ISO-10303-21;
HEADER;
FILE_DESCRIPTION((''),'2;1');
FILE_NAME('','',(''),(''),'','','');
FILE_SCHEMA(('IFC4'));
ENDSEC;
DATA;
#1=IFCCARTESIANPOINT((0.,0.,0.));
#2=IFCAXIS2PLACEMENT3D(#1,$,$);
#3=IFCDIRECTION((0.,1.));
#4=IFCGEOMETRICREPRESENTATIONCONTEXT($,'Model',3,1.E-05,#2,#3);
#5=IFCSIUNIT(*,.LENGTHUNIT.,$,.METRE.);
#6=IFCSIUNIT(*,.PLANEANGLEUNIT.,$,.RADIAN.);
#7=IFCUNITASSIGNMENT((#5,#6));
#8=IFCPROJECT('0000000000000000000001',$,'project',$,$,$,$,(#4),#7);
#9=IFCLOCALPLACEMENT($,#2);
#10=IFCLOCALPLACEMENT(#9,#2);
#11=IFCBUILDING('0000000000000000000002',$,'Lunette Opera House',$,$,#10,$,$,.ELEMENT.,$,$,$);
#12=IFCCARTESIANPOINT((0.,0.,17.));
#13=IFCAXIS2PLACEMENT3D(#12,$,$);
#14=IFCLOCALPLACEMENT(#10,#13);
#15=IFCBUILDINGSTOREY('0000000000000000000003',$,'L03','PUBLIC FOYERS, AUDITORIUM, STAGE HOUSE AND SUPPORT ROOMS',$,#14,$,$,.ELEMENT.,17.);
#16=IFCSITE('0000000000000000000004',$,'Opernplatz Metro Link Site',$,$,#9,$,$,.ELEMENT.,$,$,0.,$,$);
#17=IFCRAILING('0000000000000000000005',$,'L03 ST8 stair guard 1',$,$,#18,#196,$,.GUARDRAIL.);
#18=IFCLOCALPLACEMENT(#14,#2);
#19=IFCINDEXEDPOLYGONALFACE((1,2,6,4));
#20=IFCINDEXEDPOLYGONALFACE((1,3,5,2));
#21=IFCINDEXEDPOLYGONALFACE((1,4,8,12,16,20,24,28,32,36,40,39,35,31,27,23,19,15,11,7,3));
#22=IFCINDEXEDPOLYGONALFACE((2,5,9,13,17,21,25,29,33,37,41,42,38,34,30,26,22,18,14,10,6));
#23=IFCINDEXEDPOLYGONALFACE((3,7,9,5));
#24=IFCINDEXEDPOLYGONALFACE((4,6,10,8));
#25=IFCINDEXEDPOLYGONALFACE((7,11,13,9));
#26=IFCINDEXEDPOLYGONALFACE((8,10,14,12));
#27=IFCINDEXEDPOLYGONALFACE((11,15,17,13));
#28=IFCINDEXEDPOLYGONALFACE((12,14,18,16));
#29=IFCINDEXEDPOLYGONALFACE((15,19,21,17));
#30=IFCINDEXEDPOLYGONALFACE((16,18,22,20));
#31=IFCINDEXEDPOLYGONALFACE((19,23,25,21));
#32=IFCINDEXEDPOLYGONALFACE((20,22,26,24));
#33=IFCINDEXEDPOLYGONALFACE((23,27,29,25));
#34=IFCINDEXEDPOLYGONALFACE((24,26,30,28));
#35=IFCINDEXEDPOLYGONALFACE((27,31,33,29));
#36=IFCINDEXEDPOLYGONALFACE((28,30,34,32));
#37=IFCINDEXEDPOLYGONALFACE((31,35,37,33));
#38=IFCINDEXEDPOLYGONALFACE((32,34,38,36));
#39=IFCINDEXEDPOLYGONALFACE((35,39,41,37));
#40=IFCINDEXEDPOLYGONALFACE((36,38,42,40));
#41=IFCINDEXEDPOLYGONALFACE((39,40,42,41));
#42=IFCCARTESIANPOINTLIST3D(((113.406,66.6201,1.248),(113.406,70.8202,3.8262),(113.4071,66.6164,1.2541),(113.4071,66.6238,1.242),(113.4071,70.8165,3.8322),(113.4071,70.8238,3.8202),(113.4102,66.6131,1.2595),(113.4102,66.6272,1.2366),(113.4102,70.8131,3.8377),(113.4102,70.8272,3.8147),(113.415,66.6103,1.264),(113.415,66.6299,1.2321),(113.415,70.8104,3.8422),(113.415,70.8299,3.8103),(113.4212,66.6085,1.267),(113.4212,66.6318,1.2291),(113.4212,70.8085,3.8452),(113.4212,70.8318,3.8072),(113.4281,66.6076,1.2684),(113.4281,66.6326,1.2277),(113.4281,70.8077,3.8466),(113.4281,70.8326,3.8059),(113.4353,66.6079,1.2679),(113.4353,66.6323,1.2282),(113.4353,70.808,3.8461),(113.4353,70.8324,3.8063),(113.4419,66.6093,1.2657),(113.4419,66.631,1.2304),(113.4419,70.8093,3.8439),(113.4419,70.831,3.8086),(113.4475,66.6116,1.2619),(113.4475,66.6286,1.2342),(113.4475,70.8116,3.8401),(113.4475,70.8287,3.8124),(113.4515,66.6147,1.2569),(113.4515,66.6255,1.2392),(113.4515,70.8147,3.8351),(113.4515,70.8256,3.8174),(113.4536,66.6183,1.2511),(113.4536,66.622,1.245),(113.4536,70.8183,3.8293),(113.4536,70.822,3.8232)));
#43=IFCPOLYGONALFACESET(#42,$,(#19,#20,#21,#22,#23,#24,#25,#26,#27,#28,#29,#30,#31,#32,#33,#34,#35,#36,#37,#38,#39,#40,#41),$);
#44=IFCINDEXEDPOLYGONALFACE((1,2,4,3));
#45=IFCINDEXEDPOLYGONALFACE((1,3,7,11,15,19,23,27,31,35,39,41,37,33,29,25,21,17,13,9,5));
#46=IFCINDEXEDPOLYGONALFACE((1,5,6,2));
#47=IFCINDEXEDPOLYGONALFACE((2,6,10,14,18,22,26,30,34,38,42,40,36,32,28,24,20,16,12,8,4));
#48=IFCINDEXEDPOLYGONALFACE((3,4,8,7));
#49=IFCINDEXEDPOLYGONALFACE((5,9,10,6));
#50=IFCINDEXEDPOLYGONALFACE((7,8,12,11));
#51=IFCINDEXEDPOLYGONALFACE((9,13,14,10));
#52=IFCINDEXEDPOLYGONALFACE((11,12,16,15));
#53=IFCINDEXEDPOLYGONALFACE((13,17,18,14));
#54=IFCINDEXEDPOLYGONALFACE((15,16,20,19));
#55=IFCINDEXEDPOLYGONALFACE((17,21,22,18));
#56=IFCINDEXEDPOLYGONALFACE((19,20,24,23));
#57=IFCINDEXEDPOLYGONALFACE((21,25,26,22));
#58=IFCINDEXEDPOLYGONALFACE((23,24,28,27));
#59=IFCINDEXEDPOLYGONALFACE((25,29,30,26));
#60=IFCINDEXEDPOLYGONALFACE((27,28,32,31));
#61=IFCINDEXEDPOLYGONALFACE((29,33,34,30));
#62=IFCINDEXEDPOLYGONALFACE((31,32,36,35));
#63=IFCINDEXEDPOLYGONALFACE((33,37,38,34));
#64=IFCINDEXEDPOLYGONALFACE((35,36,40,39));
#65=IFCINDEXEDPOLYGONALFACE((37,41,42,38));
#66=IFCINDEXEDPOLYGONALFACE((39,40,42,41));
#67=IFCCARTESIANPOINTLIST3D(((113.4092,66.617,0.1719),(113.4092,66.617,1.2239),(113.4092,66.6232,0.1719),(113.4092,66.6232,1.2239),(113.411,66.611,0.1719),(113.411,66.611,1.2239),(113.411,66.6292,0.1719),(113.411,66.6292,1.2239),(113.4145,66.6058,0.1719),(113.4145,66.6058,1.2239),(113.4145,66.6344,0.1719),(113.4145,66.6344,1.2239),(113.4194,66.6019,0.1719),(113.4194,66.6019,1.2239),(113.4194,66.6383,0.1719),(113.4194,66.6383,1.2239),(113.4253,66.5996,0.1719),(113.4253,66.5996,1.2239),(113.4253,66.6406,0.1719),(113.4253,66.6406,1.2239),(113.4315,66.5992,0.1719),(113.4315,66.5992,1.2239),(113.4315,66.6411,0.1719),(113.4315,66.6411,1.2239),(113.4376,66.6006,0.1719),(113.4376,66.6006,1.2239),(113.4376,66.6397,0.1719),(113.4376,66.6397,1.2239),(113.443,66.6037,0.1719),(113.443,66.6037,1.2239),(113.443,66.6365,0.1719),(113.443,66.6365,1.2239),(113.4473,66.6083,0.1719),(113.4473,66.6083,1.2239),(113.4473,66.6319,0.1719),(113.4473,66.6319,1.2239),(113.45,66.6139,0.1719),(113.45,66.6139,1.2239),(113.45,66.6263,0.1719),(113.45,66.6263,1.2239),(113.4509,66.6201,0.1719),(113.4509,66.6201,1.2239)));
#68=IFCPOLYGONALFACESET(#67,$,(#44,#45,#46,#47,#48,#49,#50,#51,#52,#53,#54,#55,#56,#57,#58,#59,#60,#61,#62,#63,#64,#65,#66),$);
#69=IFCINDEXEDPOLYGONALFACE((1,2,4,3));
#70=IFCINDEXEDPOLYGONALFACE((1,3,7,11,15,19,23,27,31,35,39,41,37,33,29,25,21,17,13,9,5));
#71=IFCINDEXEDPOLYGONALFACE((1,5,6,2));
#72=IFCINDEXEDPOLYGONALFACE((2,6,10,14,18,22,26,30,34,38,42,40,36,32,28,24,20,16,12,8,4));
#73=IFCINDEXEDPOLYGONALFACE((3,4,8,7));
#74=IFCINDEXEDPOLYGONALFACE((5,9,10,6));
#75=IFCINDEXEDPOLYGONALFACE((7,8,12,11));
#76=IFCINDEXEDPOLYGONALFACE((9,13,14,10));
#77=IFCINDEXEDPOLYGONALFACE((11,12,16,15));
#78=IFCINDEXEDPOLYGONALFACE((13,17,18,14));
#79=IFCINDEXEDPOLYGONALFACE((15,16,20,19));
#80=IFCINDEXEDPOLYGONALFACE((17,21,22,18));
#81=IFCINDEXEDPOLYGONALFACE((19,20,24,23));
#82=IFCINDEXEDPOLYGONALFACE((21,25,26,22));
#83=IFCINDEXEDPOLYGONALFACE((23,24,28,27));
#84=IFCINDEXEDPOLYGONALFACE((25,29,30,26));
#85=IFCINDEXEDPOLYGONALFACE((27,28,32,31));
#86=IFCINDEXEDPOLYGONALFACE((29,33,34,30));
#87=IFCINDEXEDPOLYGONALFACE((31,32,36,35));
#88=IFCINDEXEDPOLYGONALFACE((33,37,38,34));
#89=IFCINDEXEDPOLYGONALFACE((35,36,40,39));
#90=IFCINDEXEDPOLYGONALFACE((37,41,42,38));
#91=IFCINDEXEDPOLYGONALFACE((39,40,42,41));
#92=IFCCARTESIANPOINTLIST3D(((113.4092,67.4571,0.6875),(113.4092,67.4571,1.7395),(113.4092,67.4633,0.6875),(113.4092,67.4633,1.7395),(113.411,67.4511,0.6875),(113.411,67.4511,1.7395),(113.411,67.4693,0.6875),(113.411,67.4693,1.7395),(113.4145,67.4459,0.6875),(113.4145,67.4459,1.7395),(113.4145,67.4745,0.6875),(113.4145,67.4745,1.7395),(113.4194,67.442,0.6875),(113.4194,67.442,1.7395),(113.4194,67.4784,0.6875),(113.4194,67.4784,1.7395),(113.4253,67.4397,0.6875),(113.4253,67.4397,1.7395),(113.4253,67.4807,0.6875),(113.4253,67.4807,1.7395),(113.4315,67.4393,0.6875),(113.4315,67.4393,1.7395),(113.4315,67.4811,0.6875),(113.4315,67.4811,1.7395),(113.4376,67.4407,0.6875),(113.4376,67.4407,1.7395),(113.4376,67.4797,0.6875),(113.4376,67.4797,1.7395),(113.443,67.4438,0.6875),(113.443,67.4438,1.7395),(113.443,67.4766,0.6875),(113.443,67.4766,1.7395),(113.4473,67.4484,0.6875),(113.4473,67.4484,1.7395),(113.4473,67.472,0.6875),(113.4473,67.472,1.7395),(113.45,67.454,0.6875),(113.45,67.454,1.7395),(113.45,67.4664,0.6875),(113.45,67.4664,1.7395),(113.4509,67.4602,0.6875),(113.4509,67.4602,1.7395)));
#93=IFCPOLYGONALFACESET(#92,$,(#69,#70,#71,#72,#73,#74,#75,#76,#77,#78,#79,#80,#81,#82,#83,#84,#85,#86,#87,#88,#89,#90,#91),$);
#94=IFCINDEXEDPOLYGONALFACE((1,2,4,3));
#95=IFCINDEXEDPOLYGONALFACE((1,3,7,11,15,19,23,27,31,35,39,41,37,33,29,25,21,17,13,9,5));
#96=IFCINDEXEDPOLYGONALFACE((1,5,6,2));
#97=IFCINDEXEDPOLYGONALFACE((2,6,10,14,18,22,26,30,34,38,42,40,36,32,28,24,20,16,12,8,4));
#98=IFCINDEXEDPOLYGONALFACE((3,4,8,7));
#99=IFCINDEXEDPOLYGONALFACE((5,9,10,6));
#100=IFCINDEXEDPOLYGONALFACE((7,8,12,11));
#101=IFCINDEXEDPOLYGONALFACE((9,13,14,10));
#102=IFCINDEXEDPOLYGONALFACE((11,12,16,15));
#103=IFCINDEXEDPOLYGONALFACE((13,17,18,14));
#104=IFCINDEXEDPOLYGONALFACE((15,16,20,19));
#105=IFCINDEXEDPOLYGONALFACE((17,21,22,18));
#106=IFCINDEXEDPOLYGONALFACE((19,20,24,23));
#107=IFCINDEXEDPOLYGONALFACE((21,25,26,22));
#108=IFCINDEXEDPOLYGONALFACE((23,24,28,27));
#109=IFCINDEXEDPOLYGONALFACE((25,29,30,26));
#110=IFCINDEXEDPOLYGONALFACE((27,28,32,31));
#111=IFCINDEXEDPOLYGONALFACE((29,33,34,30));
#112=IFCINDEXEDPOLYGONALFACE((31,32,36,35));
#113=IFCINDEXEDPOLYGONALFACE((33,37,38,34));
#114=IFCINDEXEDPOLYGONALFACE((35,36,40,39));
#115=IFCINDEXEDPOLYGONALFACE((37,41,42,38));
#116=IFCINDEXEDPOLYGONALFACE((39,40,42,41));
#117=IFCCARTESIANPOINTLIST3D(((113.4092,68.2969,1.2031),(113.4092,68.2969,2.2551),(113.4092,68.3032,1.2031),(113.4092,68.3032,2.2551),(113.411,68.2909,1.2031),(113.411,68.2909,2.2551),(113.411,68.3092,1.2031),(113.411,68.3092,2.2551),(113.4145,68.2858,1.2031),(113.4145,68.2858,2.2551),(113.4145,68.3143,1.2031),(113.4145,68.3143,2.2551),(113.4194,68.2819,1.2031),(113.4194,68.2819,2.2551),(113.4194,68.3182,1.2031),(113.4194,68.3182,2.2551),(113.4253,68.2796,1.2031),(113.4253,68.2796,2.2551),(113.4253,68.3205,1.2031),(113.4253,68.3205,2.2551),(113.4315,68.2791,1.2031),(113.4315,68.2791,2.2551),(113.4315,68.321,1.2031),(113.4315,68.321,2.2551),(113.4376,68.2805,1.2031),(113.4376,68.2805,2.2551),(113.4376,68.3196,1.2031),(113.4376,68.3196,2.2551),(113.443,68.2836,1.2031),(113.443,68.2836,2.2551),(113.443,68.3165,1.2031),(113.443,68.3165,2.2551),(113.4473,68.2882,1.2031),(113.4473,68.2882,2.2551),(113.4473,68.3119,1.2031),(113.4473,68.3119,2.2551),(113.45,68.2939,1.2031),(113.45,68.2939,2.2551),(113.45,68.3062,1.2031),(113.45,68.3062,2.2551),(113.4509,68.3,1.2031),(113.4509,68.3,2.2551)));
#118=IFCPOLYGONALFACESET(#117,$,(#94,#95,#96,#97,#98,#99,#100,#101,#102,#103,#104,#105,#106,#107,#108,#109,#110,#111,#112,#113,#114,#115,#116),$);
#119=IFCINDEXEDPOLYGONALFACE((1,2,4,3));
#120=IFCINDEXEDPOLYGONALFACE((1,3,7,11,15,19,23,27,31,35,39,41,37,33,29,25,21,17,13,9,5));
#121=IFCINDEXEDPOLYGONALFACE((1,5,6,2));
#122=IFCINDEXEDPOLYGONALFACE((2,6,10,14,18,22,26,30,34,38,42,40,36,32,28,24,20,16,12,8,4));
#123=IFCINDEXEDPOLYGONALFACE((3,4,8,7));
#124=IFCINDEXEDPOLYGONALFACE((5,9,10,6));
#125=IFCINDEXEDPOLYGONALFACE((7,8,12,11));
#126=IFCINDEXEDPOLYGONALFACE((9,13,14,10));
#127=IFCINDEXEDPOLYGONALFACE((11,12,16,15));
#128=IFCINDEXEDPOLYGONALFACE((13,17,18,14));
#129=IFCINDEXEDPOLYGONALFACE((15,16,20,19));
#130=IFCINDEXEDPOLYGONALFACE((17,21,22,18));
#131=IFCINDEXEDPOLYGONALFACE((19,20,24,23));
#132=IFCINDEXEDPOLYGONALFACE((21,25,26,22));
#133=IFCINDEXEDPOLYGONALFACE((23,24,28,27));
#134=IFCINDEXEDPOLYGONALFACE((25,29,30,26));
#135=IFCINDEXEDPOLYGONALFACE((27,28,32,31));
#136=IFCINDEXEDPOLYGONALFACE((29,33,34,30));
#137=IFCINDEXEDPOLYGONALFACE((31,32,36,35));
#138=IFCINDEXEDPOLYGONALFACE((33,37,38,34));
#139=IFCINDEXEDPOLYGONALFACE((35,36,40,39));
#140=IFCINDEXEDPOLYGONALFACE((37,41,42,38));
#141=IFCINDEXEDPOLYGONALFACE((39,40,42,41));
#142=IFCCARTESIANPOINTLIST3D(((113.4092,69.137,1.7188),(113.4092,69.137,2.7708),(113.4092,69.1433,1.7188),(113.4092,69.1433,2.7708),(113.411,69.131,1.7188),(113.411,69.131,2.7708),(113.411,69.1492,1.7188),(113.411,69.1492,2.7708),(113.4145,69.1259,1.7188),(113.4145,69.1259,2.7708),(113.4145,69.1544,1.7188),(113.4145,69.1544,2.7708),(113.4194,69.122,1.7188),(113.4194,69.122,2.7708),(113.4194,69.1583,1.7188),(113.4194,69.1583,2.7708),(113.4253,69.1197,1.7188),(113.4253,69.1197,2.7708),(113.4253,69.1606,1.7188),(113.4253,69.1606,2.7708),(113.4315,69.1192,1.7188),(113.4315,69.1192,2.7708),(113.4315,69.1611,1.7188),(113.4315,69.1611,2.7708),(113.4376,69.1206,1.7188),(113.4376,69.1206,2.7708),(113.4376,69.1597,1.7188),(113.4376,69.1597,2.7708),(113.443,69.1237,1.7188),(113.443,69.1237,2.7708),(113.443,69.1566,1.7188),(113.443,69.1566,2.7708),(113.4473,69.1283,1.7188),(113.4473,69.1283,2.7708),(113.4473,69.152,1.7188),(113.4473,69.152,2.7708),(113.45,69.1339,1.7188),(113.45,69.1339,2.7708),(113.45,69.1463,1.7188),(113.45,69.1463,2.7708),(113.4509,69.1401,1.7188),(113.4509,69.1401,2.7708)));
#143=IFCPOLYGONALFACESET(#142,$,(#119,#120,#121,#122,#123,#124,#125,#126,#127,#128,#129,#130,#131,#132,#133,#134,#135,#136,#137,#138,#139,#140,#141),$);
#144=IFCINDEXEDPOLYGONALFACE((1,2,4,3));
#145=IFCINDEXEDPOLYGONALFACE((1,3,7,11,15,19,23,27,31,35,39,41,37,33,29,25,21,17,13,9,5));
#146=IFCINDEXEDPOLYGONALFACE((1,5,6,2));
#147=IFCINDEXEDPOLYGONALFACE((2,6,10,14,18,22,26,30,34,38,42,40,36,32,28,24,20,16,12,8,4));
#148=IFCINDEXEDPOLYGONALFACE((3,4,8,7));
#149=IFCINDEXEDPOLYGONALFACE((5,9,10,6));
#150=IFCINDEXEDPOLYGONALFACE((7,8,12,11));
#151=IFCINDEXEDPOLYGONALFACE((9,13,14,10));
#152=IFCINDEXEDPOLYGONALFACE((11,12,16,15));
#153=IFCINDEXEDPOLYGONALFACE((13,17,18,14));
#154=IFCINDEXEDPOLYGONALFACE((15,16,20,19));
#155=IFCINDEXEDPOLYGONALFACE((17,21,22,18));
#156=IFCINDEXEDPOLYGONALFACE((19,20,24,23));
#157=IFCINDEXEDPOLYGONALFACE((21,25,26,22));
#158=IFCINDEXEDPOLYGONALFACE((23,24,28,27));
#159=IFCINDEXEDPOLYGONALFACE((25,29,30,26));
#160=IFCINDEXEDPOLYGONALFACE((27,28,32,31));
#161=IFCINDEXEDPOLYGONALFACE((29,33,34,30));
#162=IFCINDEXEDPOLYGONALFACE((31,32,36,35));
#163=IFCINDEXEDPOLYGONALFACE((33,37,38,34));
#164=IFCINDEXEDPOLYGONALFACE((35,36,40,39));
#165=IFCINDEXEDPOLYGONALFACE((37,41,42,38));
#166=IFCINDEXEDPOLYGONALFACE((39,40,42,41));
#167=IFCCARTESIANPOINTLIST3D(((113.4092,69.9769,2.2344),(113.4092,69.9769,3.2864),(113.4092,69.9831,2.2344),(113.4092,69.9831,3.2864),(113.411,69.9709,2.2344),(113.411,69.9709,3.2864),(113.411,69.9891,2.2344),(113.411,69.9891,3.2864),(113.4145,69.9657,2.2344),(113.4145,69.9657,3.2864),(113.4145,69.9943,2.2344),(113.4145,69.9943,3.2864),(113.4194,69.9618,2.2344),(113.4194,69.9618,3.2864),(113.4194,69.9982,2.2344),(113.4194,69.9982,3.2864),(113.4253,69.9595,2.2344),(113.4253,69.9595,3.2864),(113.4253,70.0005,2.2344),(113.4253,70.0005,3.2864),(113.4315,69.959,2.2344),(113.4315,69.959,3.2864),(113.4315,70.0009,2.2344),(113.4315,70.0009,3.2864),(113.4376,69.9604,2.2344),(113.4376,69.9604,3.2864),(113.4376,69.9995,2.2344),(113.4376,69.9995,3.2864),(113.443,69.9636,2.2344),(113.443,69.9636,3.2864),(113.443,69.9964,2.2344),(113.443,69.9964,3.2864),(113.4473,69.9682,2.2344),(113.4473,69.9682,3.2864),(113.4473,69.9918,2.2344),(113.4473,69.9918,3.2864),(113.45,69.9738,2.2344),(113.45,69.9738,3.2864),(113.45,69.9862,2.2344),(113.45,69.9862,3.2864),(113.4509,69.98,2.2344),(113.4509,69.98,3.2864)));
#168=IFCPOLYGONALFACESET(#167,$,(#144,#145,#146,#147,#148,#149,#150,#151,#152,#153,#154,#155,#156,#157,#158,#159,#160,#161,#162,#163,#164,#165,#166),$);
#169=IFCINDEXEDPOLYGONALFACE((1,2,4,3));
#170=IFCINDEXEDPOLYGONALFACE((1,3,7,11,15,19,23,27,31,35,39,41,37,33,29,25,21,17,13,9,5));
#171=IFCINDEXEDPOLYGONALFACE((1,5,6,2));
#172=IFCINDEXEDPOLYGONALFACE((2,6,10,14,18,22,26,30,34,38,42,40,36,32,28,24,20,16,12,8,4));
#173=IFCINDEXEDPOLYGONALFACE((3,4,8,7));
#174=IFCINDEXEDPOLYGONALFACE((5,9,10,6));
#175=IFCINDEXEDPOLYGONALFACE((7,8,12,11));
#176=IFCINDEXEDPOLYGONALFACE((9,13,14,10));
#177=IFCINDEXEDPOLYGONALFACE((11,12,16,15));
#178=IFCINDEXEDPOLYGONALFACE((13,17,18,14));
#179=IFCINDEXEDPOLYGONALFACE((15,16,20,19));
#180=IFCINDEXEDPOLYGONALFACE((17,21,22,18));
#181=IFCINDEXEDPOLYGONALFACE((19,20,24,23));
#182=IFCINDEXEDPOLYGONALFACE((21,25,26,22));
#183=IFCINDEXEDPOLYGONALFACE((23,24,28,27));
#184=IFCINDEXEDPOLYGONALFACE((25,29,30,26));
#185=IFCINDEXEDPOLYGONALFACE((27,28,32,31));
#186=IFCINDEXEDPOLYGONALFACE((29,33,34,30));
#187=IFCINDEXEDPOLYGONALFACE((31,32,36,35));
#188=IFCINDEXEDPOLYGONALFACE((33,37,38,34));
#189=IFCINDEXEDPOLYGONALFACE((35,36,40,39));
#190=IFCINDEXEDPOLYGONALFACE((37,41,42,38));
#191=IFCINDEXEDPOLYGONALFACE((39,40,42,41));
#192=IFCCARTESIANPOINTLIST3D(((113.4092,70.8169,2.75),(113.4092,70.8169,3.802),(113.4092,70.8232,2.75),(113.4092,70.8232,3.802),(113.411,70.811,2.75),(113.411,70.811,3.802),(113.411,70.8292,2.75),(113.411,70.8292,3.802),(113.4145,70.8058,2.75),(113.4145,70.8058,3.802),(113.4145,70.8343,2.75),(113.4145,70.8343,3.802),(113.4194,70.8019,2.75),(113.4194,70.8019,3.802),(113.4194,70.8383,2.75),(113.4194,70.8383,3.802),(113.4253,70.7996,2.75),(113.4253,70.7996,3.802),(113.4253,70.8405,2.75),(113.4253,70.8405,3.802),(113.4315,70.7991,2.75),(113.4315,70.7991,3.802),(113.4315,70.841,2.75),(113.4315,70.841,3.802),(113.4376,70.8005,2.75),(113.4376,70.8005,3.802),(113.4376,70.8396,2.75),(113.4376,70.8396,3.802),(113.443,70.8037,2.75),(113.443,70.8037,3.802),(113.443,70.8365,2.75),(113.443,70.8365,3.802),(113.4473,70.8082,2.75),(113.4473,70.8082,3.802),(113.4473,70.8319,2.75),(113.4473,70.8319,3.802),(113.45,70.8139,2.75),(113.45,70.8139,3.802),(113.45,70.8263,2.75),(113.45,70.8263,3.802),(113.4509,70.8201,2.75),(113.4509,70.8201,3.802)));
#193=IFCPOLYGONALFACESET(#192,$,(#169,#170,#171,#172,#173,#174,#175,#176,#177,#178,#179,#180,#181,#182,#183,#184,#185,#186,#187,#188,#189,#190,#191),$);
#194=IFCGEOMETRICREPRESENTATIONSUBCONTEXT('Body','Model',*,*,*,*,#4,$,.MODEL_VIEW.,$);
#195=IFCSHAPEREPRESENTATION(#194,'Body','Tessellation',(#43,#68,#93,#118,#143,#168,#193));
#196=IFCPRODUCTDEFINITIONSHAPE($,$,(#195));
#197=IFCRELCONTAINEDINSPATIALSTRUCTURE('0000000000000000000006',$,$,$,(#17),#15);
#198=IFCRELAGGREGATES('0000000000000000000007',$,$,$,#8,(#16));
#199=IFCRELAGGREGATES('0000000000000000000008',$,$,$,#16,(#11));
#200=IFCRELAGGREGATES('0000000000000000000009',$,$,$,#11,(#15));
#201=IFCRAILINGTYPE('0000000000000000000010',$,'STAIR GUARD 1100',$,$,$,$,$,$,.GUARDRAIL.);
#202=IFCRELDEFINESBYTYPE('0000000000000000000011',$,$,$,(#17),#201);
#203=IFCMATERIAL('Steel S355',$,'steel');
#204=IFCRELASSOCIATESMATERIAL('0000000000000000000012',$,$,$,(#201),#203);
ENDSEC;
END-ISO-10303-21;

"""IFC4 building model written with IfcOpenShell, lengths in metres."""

from ifc_helpers import new_model, si_unit, direction, frame, origin, origin_2d, place, context, subcontext, project, spatial, circle, extrude, material, type_object, element, save


model = new_model("IFC4")

# Units and contexts
model_context = context("Model", 3, precision=1e-05, world=origin(), true_north=direction((0.0, 1.0)))
body_context = subcontext(model_context, "Body", "Model", "MODEL_VIEW")
ifc_project = project(units=[si_unit("LENGTHUNIT", "METRE"), si_unit("PLANEANGLEUNIT", "RADIAN")], contexts=[model_context])

# Site, building, storey
site_placement = place(None, origin())
site = spatial("IfcSite", under=ifc_project, at=site_placement, Name="Opernplatz Metro Link Site", CompositionType="ELEMENT", RefElevation=0.0)
building_placement = place(site_placement, origin())
building = spatial("IfcBuilding", under=site, at=building_placement, Name="Lunette Opera House", CompositionType="ELEMENT")
storey_placement = place(building_placement, frame((0.0, 0.0, 17.0)))
storey = spatial("IfcBuildingStorey", under=building, at=storey_placement, Name="L03", Description="PUBLIC FOYERS, AUDITORIUM, STAGE HOUSE AND SUPPORT ROOMS", CompositionType="ELEMENT", Elevation=17.0)

# Railing
ifc_material_1 = material(Name="Steel S355", Category="steel")
railing_type_1 = type_object("IfcRailingType", Name="STAIR GUARD 1100", PredefinedType="GUARDRAIL", material=ifc_material_1)
railing_1_placement = place(storey_placement, frame((113.4299, 66.6201, 0.1719)))
element("IfcRailing", 1, at=railing_1_placement, inside=storey, type_object=railing_type_1, Name="L03 ST8 stair guard 1", PredefinedType="GUARDRAIL", context=body_context, shape_type="SweptSolid", body=[
    extrude(circle(Radius=0.0239, at=origin_2d()), frame((0.0, 0.0, 1.0762), z_axis=(0.0, 0.852243, 0.523146), x_axis=(-1.0, 0.0, 0.0)), (0.0, 0.0, 1.0), 4.9282),
    extrude(circle(Radius=0.021, at=origin_2d()), origin(), (0.0, 0.0, 1.0), 1.052),
    extrude(circle(Radius=0.021, at=origin_2d()), frame((0.0, 0.8401, 0.5156)), (0.0, 0.0, 1.0), 1.052),
    extrude(circle(Radius=0.021, at=origin_2d()), frame((0.0, 1.6799, 1.0312)), (0.0, 0.0, 1.0), 1.052),
    extrude(circle(Radius=0.021, at=origin_2d()), frame((0.0, 2.52, 1.5469)), (0.0, 0.0, 1.0), 1.052),
    extrude(circle(Radius=0.021, at=origin_2d()), frame((0.0, 3.3599, 2.0625)), (0.0, 0.0, 1.0), 1.052),
    extrude(circle(Radius=0.021, at=origin_2d()), frame((0.0, 4.2, 2.5781)), (0.0, 0.0, 1.0), 1.052),
])

save(model, "model.ifc")
